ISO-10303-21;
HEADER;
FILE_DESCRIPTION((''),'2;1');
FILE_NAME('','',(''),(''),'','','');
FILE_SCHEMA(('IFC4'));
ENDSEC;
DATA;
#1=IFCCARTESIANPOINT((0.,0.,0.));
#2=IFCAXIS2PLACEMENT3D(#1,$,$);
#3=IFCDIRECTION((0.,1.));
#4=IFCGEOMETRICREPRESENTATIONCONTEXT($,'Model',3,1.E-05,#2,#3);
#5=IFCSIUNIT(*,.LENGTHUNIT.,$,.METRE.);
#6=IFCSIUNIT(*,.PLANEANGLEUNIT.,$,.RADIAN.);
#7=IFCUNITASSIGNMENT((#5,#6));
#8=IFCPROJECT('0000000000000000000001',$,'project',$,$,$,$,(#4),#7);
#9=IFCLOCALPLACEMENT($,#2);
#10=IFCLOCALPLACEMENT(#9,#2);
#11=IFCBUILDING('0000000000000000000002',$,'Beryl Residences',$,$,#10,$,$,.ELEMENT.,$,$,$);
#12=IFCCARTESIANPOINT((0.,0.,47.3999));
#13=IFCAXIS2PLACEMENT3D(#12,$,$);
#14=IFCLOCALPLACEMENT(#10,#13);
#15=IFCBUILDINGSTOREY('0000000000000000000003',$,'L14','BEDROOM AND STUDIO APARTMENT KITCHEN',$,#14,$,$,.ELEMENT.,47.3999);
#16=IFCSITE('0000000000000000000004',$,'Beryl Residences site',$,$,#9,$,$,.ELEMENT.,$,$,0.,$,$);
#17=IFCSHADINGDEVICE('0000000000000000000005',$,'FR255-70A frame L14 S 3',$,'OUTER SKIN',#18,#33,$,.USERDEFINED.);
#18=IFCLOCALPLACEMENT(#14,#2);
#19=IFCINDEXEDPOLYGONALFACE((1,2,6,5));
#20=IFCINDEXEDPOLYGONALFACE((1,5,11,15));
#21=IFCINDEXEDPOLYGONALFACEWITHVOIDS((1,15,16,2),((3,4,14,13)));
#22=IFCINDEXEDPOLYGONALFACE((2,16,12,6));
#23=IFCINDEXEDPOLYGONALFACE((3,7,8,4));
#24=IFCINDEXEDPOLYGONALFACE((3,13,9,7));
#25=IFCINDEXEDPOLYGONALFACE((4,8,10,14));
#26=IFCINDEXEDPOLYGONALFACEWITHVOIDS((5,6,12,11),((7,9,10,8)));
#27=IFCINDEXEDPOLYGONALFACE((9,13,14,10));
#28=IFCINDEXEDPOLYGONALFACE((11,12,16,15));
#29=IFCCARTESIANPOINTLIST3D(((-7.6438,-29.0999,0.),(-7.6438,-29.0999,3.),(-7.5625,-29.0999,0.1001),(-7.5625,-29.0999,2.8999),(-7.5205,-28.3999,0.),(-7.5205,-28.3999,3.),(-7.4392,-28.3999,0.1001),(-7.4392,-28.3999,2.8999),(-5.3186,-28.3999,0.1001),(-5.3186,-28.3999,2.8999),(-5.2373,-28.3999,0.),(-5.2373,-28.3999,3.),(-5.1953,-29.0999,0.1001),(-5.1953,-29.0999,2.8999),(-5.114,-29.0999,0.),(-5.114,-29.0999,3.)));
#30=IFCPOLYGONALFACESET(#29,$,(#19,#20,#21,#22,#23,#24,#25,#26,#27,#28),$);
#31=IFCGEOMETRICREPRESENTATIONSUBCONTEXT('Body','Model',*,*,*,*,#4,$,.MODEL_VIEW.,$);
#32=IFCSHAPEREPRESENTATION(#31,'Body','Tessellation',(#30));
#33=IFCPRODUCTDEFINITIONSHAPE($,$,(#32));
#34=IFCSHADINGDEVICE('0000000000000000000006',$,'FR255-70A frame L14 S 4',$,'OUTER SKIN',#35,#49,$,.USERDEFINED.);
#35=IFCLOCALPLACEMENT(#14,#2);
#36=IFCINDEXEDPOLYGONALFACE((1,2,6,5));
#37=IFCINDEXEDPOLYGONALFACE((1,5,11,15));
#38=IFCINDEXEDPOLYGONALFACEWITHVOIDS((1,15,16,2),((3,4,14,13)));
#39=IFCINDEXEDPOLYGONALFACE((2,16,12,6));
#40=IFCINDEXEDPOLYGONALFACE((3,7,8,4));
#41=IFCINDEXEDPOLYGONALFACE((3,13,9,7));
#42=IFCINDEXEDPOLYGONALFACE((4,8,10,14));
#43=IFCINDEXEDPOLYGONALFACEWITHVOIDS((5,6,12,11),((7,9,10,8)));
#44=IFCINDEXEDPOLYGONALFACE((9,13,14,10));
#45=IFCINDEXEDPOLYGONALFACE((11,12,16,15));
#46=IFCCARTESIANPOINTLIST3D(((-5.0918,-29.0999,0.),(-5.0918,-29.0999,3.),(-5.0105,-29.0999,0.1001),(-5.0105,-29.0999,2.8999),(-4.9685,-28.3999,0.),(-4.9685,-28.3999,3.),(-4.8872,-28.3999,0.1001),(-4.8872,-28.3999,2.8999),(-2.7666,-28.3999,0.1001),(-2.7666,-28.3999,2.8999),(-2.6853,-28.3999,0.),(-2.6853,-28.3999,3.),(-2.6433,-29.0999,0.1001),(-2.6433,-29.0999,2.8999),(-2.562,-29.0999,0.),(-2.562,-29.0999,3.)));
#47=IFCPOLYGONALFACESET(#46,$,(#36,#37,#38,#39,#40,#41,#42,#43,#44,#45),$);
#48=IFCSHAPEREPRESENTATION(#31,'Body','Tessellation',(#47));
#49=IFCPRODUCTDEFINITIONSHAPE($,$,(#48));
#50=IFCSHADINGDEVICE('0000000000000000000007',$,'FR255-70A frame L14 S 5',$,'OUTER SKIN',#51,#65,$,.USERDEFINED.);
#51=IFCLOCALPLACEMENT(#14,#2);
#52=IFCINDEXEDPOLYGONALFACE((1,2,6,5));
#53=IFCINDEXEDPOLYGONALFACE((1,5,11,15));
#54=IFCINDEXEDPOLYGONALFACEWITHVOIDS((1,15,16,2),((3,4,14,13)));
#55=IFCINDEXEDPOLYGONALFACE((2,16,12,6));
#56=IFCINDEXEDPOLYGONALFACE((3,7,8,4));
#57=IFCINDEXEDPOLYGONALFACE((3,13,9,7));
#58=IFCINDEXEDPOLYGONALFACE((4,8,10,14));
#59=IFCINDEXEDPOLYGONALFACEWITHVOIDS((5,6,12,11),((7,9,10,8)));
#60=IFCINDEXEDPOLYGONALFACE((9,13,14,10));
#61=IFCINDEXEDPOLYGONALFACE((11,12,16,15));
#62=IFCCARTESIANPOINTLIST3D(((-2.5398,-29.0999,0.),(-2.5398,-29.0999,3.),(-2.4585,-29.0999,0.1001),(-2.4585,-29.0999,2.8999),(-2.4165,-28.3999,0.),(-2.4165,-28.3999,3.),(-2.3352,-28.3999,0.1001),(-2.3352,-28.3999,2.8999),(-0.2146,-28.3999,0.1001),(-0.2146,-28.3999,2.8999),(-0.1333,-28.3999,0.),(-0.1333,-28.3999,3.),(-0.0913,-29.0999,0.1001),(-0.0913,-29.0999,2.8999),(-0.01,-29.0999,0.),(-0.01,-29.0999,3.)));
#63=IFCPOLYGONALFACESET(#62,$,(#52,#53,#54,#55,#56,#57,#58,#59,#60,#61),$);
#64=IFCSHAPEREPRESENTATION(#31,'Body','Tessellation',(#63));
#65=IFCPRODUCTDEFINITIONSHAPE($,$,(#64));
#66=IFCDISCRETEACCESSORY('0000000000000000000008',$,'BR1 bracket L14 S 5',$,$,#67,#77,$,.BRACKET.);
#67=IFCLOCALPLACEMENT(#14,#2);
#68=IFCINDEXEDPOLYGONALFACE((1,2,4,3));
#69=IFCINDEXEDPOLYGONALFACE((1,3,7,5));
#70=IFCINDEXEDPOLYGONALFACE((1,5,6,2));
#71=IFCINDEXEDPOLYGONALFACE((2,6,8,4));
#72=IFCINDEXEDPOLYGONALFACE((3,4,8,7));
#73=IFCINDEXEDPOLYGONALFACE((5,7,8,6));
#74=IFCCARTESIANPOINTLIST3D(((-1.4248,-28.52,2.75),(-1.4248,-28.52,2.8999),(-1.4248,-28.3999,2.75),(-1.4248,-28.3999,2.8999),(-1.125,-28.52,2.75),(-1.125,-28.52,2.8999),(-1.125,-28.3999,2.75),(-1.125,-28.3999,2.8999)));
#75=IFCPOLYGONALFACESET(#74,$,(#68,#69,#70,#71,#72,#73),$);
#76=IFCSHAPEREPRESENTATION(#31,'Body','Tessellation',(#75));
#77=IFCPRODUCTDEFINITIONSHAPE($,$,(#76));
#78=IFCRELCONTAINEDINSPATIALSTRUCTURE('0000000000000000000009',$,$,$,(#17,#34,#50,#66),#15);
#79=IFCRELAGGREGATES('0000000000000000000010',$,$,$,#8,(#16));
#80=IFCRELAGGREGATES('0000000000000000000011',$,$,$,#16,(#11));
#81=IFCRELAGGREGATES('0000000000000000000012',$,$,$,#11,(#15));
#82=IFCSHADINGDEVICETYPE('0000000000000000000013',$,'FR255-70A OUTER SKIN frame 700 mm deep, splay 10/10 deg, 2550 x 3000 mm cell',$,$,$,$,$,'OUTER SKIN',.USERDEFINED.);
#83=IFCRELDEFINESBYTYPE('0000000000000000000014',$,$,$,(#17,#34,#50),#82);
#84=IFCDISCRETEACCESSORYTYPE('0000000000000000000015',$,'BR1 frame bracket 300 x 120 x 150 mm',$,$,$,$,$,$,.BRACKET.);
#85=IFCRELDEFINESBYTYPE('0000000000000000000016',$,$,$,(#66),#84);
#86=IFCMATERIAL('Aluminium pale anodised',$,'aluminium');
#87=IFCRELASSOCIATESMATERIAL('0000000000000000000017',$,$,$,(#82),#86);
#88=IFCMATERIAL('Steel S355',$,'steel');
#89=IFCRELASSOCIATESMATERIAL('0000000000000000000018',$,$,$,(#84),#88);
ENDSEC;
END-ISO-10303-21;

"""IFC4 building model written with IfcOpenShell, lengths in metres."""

from ifc_helpers import new_model, entity, si_unit, direction, frame, origin, place, context, subcontext, project, spatial, polyline, outline, extrude, source, transform, mapped, material, type_object, type_shapes, element, save


model = new_model("IFC4")

# Units and contexts
model_context = context("Model", 3, precision=1e-05, world=origin(), true_north=direction((0.0, 1.0)))
body_context = subcontext(model_context, "Body", "Model", "MODEL_VIEW")
ifc_project = project(units=[si_unit("LENGTHUNIT", "METRE"), si_unit("PLANEANGLEUNIT", "RADIAN")], contexts=[model_context])

# Site, building, storey
site_placement = place(None, origin())
site = spatial("IfcSite", under=ifc_project, at=site_placement, Name="Beryl Residences site", CompositionType="ELEMENT", RefElevation=0.0)
building_placement = place(site_placement, origin())
building = spatial("IfcBuilding", under=site, at=building_placement, Name="Beryl Residences", CompositionType="ELEMENT")
storey_placement = place(building_placement, frame((0.0, 0.0, 47.3999)))
storey = spatial("IfcBuildingStorey", under=building, at=storey_placement, Name="L14", Description="BEDROOM AND STUDIO APARTMENT KITCHEN", CompositionType="ELEMENT", Elevation=47.3999)

# Shading devices
ifc_material_1 = material(Name="Aluminium pale anodised", Category="aluminium")
shading_device_type = type_object("IfcShadingDeviceType", Name="FR255-70A OUTER SKIN frame 700 mm deep, splay 10/10 deg, 2550 x 3000 mm cell", ElementType="OUTER SKIN", PredefinedType="USERDEFINED", material=ifc_material_1)
cartesian_point_1 = entity("IfcCartesianPoint", [-1.1416, 0.0])
cartesian_point_2 = entity("IfcCartesianPoint", [-1.0603, 0.1001])
cartesian_point_3 = entity("IfcCartesianPoint", [-1.2649, 0.0])
cartesian_point_4 = entity("IfcCartesianPoint", [-1.1836, 0.1001])
shared_shape_1 = source(origin(), body_context, "Body", "SweptSolid", [
    entity("IfcExtrudedAreaSolidTapered", entity("IfcArbitraryProfileDefWithVoids", "AREA", None, entity("IfcPolyline", [cartesian_point_1, entity("IfcCartesianPoint", [1.1416, 0.0]), entity("IfcCartesianPoint", [1.1416, 3.0]), entity("IfcCartesianPoint", [-1.1416, 3.0]), cartesian_point_1]), [entity("IfcPolyline", [cartesian_point_2, entity("IfcCartesianPoint", [1.0603, 0.1001]), entity("IfcCartesianPoint", [1.0603, 2.8999]), entity("IfcCartesianPoint", [-1.0603, 2.8999]), cartesian_point_2])]), entity("IfcAxis2Placement3D", entity("IfcCartesianPoint", [0.0, 0.0, 0.0]), entity("IfcDirection", [0.0, 1.0, 0.0]), entity("IfcDirection", [-1.0, 0.0, 0.0])), entity("IfcDirection", [0.0, 0.0, 1.0]), 0.7, entity("IfcArbitraryProfileDefWithVoids", "AREA", None, entity("IfcPolyline", [cartesian_point_3, entity("IfcCartesianPoint", [1.2649, 0.0]), entity("IfcCartesianPoint", [1.2649, 3.0]), entity("IfcCartesianPoint", [-1.2649, 3.0]), cartesian_point_3]), [entity("IfcPolyline", [cartesian_point_4, entity("IfcCartesianPoint", [1.1836, 0.1001]), entity("IfcCartesianPoint", [1.1836, 2.8999]), entity("IfcCartesianPoint", [-1.1836, 2.8999]), cartesian_point_4])])),
])
type_shapes(shading_device_type, [shared_shape_1])
for number, where, z_axis, x_axis, name in (
    (1, (-6.3789, -28.3999, 0.0), (0.0, 0.0, 1.0), (-1.0, 0.0, 0.0), "FR255-70A frame L14 S 3"),
    (2, (-3.8269, -28.3999, 0.0), (0.0, 0.0, 1.0), (-1.0, 0.0, 0.0), "FR255-70A frame L14 S 4"),
    (3, (-1.2749, -28.3999, 0.0), (0.0, 0.0, 1.0), (-1.0, 0.0, 0.0), "FR255-70A frame L14 S 5"),
):
    element("IfcShadingDevice", number, at=place(storey_placement, frame(where, z_axis=z_axis, x_axis=x_axis)), inside=storey, type_object=shading_device_type, Name=name, ObjectType="OUTER SKIN", PredefinedType="USERDEFINED", context=body_context, shape_type="MappedRepresentation", body=[
        mapped(shared_shape_1, transform((0.0, 0.0, 0.0))),
    ])

# Discrete accessory
ifc_material_2 = material(Name="Steel S355", Category="steel")
discrete_accessory_type = type_object("IfcDiscreteAccessoryType", Name="BR1 frame bracket 300 x 120 x 150 mm", PredefinedType="BRACKET", material=ifc_material_2)
shared_shape_2 = source(origin(), body_context, "Body", "SweptSolid", [
    extrude(outline(polyline([(-0.1499, 0.0), (0.1499, 0.0), (0.1499, 0.1201), (-0.1499, 0.1201), (-0.1499, 0.0)])), origin(), (0.0, 0.0, 1.0), 0.1499),
])
type_shapes(discrete_accessory_type, [shared_shape_2])
discrete_accessory_placement = place(storey_placement, frame((-1.2749, -28.3999, 2.75), z_axis=(0.0, 0.0, 1.0), x_axis=(-1.0, 0.0, 0.0)))
element("IfcDiscreteAccessory", 4, at=discrete_accessory_placement, inside=storey, type_object=discrete_accessory_type, Name="BR1 bracket L14 S 5", PredefinedType="BRACKET", context=body_context, shape_type="MappedRepresentation", body=[
    mapped(shared_shape_2, transform((0.0, 0.0, 0.0))),
])

save(model, "model.ifc")
